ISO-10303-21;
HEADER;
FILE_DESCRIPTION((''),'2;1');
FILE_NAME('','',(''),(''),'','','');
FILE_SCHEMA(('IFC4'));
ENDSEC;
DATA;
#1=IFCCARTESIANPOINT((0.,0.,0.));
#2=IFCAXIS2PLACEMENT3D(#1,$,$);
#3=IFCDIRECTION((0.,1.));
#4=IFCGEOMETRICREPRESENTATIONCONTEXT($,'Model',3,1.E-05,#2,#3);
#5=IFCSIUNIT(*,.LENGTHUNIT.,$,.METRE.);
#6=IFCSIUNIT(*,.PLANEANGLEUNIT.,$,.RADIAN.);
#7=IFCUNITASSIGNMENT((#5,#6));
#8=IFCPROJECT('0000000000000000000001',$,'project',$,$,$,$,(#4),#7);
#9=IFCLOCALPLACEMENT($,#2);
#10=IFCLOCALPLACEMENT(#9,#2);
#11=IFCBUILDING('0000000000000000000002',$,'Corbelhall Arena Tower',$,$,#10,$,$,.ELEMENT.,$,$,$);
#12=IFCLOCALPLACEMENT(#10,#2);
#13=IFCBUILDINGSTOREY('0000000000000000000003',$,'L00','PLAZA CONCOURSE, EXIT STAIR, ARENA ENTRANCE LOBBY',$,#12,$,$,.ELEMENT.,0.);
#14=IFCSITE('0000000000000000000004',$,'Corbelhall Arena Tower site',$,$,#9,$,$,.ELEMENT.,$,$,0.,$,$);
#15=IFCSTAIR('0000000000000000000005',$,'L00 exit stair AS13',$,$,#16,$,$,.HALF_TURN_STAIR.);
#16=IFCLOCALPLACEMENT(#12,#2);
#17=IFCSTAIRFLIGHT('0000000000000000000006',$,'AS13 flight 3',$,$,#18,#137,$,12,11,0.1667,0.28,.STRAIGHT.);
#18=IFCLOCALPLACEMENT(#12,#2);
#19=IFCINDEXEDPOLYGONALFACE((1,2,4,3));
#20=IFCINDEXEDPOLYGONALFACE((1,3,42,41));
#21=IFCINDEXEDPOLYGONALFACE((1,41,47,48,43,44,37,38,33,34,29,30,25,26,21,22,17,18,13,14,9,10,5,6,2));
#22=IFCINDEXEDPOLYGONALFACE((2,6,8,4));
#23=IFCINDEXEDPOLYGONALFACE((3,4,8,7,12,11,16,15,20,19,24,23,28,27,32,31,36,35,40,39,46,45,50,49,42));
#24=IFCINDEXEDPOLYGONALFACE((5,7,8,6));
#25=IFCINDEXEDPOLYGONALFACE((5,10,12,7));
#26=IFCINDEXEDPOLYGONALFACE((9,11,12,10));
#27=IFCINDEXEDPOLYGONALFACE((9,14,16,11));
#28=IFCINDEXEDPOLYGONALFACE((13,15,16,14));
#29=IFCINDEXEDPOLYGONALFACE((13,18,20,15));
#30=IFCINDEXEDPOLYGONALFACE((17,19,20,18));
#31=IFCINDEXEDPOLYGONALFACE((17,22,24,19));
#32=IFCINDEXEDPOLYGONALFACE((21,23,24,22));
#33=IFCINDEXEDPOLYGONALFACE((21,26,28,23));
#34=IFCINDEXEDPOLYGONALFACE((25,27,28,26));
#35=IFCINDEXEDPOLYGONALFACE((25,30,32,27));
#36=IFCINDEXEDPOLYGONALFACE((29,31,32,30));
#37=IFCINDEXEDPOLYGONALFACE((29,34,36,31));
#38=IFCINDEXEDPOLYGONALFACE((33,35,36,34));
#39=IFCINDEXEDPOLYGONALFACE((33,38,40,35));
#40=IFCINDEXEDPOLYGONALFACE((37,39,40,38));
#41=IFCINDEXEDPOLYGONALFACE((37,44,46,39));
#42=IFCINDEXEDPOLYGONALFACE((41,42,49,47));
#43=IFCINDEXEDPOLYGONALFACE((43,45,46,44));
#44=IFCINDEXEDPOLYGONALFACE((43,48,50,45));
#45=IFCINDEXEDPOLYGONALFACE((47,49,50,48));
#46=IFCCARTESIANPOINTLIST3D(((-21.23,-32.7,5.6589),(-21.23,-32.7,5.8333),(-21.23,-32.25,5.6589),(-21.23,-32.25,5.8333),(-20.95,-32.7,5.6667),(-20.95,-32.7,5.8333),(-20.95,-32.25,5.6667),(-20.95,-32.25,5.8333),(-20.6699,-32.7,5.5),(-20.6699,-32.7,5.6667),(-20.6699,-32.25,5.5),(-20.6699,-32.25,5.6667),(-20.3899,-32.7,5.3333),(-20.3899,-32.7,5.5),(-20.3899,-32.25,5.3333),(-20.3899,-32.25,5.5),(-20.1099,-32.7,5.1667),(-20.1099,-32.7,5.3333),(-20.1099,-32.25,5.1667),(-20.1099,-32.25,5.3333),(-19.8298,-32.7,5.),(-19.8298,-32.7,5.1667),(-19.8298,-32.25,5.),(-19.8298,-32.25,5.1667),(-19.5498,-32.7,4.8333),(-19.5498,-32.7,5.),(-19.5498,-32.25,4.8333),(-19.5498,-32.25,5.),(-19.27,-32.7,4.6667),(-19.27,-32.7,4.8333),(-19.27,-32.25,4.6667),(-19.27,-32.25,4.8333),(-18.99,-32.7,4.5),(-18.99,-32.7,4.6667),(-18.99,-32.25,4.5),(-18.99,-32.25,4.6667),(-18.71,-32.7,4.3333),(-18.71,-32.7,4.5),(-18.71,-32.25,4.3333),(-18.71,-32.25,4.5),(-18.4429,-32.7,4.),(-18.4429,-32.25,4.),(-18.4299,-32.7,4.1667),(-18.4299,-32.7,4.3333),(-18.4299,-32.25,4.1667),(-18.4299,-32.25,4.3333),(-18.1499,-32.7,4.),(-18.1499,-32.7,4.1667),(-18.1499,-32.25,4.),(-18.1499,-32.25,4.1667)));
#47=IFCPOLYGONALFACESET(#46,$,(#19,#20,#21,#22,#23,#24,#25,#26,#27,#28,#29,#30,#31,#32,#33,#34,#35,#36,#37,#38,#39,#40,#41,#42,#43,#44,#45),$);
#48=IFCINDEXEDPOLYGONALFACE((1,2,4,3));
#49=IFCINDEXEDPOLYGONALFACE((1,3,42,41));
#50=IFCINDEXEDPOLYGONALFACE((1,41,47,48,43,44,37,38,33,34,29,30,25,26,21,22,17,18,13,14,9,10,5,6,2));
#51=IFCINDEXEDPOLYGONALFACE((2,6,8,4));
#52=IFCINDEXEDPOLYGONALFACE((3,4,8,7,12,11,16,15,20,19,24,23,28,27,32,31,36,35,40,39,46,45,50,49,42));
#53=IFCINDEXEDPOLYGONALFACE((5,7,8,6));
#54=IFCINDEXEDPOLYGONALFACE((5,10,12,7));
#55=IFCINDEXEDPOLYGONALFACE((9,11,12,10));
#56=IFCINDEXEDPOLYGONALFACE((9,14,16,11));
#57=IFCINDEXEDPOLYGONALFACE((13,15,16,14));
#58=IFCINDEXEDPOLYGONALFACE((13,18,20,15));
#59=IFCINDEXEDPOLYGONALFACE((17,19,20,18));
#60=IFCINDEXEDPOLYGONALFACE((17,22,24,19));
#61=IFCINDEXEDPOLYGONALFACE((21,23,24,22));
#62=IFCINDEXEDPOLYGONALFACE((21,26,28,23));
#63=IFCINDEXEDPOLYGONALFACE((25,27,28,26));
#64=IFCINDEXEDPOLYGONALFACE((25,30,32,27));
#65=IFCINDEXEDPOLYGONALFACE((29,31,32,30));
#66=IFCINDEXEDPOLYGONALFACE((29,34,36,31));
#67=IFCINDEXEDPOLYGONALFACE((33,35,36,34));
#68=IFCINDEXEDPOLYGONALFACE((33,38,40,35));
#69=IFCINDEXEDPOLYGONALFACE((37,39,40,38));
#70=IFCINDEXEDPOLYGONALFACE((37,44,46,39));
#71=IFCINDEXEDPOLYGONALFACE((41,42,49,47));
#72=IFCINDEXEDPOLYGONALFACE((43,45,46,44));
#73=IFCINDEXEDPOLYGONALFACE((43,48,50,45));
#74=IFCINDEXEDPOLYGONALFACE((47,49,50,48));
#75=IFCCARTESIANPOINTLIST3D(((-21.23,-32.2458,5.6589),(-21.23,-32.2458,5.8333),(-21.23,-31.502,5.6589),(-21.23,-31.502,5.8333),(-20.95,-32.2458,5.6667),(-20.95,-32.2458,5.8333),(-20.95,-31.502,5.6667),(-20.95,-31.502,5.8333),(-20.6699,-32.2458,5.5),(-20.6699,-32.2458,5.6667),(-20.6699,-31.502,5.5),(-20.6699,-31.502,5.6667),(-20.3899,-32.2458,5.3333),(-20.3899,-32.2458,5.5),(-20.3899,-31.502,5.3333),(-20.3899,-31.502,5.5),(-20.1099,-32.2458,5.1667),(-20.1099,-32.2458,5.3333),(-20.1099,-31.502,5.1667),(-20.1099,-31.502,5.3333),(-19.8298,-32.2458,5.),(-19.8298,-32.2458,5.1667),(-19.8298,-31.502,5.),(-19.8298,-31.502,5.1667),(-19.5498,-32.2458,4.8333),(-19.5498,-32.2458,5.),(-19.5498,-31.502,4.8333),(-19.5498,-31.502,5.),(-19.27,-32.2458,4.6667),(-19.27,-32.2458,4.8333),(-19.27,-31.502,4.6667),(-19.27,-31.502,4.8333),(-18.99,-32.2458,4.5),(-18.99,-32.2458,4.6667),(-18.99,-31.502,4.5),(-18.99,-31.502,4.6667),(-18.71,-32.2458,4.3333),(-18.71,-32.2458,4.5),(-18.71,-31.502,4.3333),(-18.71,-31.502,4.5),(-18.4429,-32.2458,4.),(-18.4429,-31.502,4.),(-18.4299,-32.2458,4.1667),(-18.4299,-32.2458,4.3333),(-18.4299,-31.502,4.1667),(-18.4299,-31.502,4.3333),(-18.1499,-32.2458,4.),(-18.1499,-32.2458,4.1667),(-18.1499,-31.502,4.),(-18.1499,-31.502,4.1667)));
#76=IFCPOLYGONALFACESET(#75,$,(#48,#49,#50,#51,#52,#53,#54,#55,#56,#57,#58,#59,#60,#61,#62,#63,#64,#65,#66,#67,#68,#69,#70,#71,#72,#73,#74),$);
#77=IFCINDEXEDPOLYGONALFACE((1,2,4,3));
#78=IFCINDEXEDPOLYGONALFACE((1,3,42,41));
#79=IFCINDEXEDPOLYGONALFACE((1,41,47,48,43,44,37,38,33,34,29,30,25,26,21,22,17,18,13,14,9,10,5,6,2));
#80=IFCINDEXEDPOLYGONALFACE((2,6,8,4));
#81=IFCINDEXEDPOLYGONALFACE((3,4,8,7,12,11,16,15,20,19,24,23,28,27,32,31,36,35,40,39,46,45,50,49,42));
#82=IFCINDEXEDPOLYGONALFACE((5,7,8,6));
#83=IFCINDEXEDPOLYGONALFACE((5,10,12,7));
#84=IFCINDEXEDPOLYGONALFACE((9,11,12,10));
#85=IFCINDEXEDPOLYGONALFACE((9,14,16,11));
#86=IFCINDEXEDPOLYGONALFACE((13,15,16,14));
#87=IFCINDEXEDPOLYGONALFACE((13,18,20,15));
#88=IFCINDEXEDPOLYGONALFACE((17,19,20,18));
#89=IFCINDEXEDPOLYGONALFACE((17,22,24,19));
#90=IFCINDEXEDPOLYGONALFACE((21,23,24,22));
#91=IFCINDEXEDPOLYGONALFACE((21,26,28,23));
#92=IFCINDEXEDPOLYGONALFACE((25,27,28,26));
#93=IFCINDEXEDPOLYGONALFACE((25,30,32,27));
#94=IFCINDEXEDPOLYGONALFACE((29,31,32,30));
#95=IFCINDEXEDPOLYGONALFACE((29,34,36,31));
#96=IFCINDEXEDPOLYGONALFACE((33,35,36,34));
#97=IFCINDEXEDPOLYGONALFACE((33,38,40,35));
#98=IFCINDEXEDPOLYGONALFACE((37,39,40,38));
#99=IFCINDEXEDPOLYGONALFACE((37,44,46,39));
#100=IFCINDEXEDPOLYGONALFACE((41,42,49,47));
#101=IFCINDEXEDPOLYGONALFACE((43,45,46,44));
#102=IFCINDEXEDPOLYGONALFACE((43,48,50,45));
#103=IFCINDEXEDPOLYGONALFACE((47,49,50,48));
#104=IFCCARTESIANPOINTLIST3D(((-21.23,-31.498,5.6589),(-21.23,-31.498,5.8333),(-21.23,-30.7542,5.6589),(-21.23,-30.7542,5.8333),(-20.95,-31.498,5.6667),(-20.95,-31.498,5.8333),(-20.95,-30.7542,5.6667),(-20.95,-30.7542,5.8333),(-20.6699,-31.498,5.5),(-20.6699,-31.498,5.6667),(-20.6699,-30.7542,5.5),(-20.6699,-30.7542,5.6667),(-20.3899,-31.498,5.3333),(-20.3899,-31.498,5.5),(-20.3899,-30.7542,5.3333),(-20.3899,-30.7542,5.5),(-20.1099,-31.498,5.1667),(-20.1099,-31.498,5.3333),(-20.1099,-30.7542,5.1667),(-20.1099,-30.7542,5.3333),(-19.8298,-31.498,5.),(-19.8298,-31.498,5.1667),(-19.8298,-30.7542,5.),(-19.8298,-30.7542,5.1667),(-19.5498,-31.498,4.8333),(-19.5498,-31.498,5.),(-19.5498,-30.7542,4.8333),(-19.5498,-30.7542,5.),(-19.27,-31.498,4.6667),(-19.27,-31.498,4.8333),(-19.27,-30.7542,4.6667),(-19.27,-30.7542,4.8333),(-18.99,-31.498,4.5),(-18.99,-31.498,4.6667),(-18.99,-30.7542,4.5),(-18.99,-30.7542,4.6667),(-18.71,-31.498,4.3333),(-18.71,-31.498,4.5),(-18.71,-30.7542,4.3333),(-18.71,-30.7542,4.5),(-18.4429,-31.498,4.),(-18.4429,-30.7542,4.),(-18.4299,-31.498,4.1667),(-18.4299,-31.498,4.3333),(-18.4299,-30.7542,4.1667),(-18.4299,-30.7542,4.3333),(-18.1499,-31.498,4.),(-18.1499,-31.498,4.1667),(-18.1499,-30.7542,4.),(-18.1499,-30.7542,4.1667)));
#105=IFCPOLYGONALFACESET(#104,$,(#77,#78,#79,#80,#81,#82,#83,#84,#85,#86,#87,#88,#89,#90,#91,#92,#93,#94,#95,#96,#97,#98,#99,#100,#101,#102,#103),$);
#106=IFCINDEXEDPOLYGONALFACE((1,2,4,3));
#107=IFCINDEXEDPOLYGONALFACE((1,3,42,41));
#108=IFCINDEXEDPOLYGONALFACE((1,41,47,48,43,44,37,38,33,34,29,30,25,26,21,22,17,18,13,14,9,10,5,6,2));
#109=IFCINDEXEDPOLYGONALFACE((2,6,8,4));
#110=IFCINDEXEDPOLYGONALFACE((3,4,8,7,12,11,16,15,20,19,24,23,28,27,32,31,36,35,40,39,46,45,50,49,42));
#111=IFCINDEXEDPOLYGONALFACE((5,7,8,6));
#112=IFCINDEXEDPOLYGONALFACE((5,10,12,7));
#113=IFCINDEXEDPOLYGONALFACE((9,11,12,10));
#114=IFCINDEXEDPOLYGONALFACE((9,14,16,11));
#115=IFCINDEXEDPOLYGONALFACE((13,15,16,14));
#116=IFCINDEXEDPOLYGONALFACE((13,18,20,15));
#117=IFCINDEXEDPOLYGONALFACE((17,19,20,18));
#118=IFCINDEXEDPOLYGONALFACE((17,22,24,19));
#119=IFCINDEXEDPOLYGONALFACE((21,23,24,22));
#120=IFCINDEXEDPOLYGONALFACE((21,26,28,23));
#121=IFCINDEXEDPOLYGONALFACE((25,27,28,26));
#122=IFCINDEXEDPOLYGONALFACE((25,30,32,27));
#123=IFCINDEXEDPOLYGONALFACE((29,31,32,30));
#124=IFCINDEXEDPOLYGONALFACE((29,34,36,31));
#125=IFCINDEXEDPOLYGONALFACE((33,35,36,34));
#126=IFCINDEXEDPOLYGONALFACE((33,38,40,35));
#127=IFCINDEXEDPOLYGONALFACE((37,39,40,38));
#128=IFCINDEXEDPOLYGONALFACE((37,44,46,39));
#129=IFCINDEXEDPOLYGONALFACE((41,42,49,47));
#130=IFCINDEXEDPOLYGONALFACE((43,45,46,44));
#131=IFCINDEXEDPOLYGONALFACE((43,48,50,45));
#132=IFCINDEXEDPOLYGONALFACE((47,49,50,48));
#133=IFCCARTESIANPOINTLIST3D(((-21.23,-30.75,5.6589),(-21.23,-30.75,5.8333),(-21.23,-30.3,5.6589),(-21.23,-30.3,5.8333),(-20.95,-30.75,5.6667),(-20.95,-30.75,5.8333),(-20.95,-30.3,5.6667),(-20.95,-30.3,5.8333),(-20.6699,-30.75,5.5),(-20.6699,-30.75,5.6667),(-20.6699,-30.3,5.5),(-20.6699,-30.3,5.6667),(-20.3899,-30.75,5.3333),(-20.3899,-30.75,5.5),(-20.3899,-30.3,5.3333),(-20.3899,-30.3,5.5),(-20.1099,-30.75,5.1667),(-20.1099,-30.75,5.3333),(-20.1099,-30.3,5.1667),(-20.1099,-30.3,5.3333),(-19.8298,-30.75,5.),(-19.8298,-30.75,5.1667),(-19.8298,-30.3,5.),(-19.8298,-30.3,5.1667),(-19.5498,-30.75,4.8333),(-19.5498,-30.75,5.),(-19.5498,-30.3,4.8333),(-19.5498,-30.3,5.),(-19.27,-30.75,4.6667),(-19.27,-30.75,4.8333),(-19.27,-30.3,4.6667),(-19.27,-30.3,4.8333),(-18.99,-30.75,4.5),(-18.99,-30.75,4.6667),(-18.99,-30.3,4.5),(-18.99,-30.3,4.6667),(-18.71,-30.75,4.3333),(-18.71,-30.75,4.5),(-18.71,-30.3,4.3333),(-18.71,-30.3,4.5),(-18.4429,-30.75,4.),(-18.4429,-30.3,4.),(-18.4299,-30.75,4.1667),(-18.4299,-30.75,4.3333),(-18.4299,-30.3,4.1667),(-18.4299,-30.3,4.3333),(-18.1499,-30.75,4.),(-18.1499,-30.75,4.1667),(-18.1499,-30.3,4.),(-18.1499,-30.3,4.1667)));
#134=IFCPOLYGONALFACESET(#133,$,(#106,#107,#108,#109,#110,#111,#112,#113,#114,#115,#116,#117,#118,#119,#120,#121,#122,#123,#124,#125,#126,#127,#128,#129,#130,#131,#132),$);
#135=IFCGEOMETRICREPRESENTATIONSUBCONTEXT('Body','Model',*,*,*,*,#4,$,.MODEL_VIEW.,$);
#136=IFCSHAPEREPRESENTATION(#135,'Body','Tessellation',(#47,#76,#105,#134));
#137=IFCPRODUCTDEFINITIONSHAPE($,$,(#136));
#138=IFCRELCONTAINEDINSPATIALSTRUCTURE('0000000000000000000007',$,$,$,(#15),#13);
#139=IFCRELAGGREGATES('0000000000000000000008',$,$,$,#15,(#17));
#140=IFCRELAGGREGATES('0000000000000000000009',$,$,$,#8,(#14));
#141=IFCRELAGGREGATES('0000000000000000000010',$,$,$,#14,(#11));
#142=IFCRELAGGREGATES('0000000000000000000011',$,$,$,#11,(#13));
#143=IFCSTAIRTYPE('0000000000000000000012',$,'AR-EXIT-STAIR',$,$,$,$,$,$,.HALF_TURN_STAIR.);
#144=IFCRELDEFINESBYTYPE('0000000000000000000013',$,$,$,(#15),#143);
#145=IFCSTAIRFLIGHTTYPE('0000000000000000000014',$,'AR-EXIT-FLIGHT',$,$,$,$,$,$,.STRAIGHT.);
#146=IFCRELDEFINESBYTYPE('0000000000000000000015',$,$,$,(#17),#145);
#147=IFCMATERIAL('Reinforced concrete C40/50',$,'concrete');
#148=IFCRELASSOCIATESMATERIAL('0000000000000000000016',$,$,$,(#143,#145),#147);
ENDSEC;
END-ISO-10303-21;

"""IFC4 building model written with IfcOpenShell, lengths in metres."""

from ifc_helpers import new_model, si_unit, direction, frame, origin, place, context, subcontext, project, spatial, polyline, outline, extrude, material, type_object, element, aggregate, save


model = new_model("IFC4")

# Units and contexts
model_context = context("Model", 3, precision=1e-05, world=origin(), true_north=direction((0.0, 1.0)))
body_context = subcontext(model_context, "Body", "Model", "MODEL_VIEW")
ifc_project = project(units=[si_unit("LENGTHUNIT", "METRE"), si_unit("PLANEANGLEUNIT", "RADIAN")], contexts=[model_context])

# Site, building, storey
site_placement = place(None, origin())
site = spatial("IfcSite", under=ifc_project, at=site_placement, Name="Corbelhall Arena Tower site", CompositionType="ELEMENT", RefElevation=0.0)
building_placement = place(site_placement, origin())
building = spatial("IfcBuilding", under=site, at=building_placement, Name="Corbelhall Arena Tower", CompositionType="ELEMENT")
storey_placement = place(building_placement, origin())
storey = spatial("IfcBuildingStorey", under=building, at=storey_placement, Name="L00", Description="PLAZA CONCOURSE, EXIT STAIR, ARENA ENTRANCE LOBBY", CompositionType="ELEMENT", Elevation=0.0)

# Shared definitions
ifc_material_1 = material(Name="Reinforced concrete C40/50", Category="concrete")

# Stair, stair flight
stair_type = type_object("IfcStairType", Name="AR-EXIT-STAIR", PredefinedType="HALF_TURN_STAIR", material=ifc_material_1)
stair_placement = place(storey_placement, origin())
stair = element("IfcStair", 1, at=stair_placement, inside=storey, type_object=stair_type, Name="L00 exit stair AS13", PredefinedType="HALF_TURN_STAIR")
stair_flight_type = type_object("IfcStairFlightType", Name="AR-EXIT-FLIGHT", PredefinedType="STRAIGHT", material=ifc_material_1)
stair_flight_1_placement = place(storey_placement, frame((-18.1499, -31.5, 4.0), z_axis=(0.0, 0.0, 1.0), x_axis=(-1.0, 0.0, 0.0)))
stair_flight_1 = element("IfcStairFlight", 2, at=stair_flight_1_placement, type_object=stair_flight_type, Name="AS13 flight 3", NumberOfRisers=12, NumberOfTreads=11, PredefinedType="STRAIGHT", RiserHeight=0.1667, TreadLength=0.28, context=body_context, shape_type="SweptSolid", body=[
    extrude(outline(polyline([(0.0, 0.0), (0.0, 0.1667), (0.28, 0.1667), (0.28, 0.3333), (0.5601, 0.3333), (0.5601, 0.5), (0.8401, 0.5), (0.8401, 0.6667), (1.1201, 0.6667), (1.1201, 0.8333), (1.3999, 0.8333), (1.3999, 1.0), (1.6799, 1.0), (1.6799, 1.1667), (1.96, 1.1667), (1.96, 1.3333), (2.24, 1.3333), (2.24, 1.5), (2.52, 1.5), (2.52, 1.6667), (2.8, 1.6667), (2.8, 1.8333), (3.0801, 1.8333), (3.0801, 2.0), (3.0801, 1.6589), (0.293, 0.0), (0.0, 0.0)])), frame((0.0, 1.2, 0.0), z_axis=(0.0, -1.0, 0.0), x_axis=(1.0, 0.0, 0.0)), (0.0, 0.0, 1.0), 0.45),
    extrude(outline(polyline([(0.0, 0.0), (0.0, 0.1667), (0.28, 0.1667), (0.28, 0.3333), (0.5601, 0.3333), (0.5601, 0.5), (0.8401, 0.5), (0.8401, 0.6667), (1.1201, 0.6667), (1.1201, 0.8333), (1.3999, 0.8333), (1.3999, 1.0), (1.6799, 1.0), (1.6799, 1.1667), (1.96, 1.1667), (1.96, 1.3333), (2.24, 1.3333), (2.24, 1.5), (2.52, 1.5), (2.52, 1.6667), (2.8, 1.6667), (2.8, 1.8333), (3.0801, 1.8333), (3.0801, 2.0), (3.0801, 1.6589), (0.293, 0.0), (0.0, 0.0)])), frame((0.0, 0.7458, 0.0), z_axis=(0.0, -1.0, 0.0), x_axis=(1.0, 0.0, 0.0)), (0.0, 0.0, 1.0), 0.7439),
    extrude(outline(polyline([(0.0, 0.0), (0.0, 0.1667), (0.28, 0.1667), (0.28, 0.3333), (0.5601, 0.3333), (0.5601, 0.5), (0.8401, 0.5), (0.8401, 0.6667), (1.1201, 0.6667), (1.1201, 0.8333), (1.3999, 0.8333), (1.3999, 1.0), (1.6799, 1.0), (1.6799, 1.1667), (1.96, 1.1667), (1.96, 1.3333), (2.24, 1.3333), (2.24, 1.5), (2.52, 1.5), (2.52, 1.6667), (2.8, 1.6667), (2.8, 1.8333), (3.0801, 1.8333), (3.0801, 2.0), (3.0801, 1.6589), (0.293, 0.0), (0.0, 0.0)])), frame((0.0, -0.002, 0.0), z_axis=(0.0, -1.0, 0.0), x_axis=(1.0, 0.0, 0.0)), (0.0, 0.0, 1.0), 0.7439),
    extrude(outline(polyline([(0.0, 0.0), (0.0, 0.1667), (0.28, 0.1667), (0.28, 0.3333), (0.5601, 0.3333), (0.5601, 0.5), (0.8401, 0.5), (0.8401, 0.6667), (1.1201, 0.6667), (1.1201, 0.8333), (1.3999, 0.8333), (1.3999, 1.0), (1.6799, 1.0), (1.6799, 1.1667), (1.96, 1.1667), (1.96, 1.3333), (2.24, 1.3333), (2.24, 1.5), (2.52, 1.5), (2.52, 1.6667), (2.8, 1.6667), (2.8, 1.8333), (3.0801, 1.8333), (3.0801, 2.0), (3.0801, 1.6589), (0.293, 0.0), (0.0, 0.0)])), frame((0.0, -0.75, 0.0), z_axis=(0.0, -1.0, 0.0), x_axis=(1.0, 0.0, 0.0)), (0.0, 0.0, 1.0), 0.45),
])
aggregate(stair, [stair_flight_1])

save(model, "model.ifc")
